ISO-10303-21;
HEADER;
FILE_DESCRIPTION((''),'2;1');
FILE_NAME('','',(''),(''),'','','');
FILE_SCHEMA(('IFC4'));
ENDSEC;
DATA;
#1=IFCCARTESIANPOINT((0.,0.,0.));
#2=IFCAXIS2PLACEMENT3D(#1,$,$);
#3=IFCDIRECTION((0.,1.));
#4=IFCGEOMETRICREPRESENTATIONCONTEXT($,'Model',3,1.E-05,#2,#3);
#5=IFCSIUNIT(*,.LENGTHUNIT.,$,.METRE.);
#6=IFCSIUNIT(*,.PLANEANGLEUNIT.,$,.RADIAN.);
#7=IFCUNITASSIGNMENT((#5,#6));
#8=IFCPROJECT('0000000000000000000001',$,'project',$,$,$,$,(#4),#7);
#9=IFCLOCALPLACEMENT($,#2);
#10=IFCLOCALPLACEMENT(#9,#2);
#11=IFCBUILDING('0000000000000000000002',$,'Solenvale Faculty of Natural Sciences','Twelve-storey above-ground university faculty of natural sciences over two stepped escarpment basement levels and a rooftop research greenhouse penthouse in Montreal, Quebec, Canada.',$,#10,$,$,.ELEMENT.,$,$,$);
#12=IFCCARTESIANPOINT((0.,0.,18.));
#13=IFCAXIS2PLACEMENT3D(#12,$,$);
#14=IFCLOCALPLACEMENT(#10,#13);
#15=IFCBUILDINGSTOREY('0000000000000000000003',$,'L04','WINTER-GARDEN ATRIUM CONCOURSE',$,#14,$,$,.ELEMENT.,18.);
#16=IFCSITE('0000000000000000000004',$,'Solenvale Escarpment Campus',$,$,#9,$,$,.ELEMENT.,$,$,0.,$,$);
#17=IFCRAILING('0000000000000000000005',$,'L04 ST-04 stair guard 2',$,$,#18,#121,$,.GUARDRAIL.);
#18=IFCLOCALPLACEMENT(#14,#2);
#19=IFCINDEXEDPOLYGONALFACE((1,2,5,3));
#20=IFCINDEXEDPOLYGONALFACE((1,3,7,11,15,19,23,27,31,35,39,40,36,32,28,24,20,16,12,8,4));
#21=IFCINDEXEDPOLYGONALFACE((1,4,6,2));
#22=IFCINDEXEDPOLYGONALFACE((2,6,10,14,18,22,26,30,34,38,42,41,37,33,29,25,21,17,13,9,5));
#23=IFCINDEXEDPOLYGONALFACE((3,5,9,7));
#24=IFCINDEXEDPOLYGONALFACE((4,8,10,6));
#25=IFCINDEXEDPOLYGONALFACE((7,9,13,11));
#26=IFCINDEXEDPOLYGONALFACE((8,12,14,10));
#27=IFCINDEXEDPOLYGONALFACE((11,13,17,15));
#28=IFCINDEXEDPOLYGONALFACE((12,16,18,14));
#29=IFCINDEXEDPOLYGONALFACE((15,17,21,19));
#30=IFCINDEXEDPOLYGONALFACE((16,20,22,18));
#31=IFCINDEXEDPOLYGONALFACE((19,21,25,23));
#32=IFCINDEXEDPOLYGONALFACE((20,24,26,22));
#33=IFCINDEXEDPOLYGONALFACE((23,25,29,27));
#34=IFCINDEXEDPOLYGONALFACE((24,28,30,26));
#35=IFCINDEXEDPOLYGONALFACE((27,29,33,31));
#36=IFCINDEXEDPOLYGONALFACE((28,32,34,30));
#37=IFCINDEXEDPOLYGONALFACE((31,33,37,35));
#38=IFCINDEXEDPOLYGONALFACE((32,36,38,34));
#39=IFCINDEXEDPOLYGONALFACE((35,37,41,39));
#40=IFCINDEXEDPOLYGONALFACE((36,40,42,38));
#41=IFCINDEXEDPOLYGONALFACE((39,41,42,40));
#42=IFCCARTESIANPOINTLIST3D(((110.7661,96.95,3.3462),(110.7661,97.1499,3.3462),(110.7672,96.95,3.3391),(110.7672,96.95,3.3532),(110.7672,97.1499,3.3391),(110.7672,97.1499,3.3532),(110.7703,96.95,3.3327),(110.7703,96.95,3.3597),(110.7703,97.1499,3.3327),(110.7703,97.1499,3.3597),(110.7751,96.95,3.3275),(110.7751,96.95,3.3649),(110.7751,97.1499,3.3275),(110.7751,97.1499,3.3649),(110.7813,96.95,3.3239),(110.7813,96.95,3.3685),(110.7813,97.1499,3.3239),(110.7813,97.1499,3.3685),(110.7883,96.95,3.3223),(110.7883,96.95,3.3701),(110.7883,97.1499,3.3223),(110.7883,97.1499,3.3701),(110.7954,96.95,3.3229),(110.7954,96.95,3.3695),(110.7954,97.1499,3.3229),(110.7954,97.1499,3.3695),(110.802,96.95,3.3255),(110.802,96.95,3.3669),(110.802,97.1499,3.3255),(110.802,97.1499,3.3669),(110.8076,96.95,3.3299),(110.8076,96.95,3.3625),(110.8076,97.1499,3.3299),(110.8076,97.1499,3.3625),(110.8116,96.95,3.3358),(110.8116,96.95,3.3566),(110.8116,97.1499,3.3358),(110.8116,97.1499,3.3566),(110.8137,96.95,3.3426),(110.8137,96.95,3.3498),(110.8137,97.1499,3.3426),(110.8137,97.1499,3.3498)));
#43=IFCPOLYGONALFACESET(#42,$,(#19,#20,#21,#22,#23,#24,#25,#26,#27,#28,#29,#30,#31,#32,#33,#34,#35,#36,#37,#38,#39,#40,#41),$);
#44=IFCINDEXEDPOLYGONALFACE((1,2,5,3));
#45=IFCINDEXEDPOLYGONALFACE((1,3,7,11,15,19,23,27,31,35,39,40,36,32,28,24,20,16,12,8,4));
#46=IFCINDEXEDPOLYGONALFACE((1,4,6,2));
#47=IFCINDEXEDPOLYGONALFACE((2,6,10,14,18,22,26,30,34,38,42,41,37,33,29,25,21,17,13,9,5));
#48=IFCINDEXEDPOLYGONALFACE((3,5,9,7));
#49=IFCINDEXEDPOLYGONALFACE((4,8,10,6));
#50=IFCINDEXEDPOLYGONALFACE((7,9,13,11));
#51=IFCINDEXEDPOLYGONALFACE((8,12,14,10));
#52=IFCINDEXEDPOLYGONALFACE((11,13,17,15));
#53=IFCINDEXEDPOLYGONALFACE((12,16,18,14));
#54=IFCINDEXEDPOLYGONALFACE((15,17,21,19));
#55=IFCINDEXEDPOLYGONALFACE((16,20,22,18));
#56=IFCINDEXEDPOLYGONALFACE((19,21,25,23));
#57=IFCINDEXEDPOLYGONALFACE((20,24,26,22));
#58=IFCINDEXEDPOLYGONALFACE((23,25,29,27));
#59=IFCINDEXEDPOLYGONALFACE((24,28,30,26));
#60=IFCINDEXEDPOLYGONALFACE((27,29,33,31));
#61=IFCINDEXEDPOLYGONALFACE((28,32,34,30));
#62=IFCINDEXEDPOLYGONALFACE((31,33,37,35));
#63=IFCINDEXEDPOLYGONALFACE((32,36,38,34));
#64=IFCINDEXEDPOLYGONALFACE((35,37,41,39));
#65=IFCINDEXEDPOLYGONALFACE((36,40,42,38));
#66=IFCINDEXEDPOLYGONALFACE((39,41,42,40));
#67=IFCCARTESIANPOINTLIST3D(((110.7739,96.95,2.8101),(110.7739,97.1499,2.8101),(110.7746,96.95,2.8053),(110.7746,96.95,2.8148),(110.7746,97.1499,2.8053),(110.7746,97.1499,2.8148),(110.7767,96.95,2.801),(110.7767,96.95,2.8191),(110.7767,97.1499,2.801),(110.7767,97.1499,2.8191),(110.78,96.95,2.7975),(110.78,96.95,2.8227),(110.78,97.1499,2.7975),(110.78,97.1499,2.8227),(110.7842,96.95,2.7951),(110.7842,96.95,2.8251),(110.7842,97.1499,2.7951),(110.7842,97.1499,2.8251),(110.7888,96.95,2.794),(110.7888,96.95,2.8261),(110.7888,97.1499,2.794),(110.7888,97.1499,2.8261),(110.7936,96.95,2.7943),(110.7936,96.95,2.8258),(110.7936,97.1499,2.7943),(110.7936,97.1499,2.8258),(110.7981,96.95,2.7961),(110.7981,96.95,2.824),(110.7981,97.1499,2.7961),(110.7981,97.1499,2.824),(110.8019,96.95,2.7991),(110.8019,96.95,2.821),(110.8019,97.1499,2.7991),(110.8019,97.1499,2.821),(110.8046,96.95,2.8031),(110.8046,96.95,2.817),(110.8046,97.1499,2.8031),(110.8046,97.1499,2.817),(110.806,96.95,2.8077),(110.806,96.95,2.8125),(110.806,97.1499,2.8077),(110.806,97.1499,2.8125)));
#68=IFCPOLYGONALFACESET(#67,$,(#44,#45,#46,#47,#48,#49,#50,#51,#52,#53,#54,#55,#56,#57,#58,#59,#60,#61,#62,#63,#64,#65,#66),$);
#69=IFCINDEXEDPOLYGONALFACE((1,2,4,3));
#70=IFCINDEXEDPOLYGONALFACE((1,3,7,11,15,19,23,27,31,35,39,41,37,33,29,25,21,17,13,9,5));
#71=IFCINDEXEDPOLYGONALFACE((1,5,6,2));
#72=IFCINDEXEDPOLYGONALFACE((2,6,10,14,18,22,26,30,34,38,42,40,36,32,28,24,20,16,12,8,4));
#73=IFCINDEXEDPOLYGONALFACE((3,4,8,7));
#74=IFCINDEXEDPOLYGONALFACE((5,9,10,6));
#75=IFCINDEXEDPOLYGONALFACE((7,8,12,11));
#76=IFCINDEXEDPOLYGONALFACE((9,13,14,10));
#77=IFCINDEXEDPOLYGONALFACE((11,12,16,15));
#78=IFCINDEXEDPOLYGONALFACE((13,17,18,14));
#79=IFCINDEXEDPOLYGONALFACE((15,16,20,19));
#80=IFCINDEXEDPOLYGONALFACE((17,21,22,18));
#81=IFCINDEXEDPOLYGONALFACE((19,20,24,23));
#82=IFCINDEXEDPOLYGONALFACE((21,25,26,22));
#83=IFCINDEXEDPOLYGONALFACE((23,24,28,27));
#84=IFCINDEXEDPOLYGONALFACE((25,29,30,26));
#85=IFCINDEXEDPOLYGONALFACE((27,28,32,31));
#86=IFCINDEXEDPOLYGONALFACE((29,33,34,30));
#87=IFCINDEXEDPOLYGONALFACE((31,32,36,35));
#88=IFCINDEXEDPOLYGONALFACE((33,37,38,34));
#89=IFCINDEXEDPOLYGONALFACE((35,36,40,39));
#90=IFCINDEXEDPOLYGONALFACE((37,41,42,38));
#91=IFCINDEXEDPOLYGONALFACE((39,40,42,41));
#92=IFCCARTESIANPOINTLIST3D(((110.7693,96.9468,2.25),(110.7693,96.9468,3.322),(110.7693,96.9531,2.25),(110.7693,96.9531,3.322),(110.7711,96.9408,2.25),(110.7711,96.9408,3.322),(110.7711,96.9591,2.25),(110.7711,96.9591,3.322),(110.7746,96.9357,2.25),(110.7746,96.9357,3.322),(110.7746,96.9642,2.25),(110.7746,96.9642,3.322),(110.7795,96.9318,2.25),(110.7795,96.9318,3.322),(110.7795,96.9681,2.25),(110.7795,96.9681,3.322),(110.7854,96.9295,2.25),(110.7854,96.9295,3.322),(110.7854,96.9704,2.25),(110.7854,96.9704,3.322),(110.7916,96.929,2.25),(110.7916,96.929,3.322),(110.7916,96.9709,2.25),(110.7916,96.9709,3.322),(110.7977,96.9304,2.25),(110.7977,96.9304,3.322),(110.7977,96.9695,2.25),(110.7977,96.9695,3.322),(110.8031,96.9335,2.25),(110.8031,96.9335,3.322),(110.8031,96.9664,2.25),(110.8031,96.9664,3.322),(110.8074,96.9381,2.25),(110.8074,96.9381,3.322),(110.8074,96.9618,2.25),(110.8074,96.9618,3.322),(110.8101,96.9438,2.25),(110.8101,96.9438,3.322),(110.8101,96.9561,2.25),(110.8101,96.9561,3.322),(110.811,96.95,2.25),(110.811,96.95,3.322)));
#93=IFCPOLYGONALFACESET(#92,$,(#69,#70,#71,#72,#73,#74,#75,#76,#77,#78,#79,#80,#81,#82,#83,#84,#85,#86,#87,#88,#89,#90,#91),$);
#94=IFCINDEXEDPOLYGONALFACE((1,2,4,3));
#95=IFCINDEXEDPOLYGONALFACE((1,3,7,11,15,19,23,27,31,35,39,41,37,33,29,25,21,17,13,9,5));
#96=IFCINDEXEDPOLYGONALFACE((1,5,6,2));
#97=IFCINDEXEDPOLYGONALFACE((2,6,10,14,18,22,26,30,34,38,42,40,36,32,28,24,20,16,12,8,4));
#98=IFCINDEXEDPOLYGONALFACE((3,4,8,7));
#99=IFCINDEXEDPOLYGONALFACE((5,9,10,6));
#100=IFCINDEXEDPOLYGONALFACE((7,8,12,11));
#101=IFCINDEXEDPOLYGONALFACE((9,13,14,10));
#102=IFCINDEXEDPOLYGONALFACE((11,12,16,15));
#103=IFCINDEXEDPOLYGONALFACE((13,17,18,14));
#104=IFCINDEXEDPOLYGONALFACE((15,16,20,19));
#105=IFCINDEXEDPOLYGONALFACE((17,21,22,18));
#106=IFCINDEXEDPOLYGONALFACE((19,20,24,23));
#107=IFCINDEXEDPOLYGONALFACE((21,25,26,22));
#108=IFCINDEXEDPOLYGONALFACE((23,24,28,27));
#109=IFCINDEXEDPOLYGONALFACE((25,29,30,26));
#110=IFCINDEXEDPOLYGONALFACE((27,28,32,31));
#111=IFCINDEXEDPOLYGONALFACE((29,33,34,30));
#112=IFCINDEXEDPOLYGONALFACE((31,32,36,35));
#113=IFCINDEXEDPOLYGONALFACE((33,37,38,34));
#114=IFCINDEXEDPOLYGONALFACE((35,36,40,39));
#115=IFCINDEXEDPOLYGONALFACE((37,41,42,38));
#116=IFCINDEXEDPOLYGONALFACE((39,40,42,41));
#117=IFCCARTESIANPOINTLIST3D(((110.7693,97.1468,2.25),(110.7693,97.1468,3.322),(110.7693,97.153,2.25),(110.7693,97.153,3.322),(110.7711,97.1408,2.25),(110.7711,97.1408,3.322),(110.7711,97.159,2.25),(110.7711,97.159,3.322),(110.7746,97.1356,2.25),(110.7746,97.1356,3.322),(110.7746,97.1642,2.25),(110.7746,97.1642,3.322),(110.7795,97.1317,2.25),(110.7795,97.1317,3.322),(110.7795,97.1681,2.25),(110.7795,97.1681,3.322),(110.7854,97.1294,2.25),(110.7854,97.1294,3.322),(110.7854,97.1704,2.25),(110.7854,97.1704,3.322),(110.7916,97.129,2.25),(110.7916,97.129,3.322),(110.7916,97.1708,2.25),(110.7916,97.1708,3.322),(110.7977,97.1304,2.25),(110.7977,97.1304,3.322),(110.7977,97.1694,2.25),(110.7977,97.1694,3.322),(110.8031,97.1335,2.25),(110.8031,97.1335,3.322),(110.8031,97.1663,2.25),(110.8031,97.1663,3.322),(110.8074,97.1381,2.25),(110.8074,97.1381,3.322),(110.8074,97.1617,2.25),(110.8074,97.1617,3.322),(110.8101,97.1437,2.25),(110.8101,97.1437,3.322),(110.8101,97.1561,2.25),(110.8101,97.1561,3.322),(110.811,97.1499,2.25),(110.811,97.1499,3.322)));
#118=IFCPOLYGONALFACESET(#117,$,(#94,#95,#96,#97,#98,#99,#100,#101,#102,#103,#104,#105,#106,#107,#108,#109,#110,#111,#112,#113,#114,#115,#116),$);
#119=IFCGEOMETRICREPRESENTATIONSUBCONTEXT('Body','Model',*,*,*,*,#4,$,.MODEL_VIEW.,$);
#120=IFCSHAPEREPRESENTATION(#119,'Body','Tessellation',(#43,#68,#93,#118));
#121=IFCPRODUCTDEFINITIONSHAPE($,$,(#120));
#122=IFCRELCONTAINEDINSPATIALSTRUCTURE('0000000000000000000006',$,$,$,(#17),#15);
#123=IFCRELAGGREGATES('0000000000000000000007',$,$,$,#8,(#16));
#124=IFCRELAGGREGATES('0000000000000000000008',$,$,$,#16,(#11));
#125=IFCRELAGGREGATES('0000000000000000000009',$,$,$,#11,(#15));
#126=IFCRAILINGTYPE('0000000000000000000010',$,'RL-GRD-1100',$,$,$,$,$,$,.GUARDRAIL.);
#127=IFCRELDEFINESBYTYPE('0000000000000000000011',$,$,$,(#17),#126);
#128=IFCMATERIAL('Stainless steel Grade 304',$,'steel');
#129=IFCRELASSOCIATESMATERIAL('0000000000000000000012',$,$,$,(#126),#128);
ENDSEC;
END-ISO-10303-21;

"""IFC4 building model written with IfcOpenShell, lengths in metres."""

from ifc_helpers import new_model, si_unit, direction, frame, origin, origin_2d, place, context, subcontext, project, spatial, circle, extrude, material, type_object, element, save


model = new_model("IFC4")

# Units and contexts
model_context = context("Model", 3, precision=1e-05, world=origin(), true_north=direction((0.0, 1.0)))
body_context = subcontext(model_context, "Body", "Model", "MODEL_VIEW")
ifc_project = project(units=[si_unit("LENGTHUNIT", "METRE"), si_unit("PLANEANGLEUNIT", "RADIAN")], contexts=[model_context])

# Site, building, storey
site_placement = place(None, origin())
site = spatial("IfcSite", under=ifc_project, at=site_placement, Name="Solenvale Escarpment Campus", CompositionType="ELEMENT", RefElevation=0.0)
building_placement = place(site_placement, origin())
building = spatial("IfcBuilding", under=site, at=building_placement, Name="Solenvale Faculty of Natural Sciences", Description="Twelve-storey above-ground university faculty of natural sciences over two stepped escarpment basement levels and a rooftop research greenhouse penthouse in Montreal, Quebec, Canada.", CompositionType="ELEMENT")
storey_placement = place(building_placement, frame((0.0, 0.0, 18.0)))
storey = spatial("IfcBuildingStorey", under=building, at=storey_placement, Name="L04", Description="WINTER-GARDEN ATRIUM CONCOURSE", CompositionType="ELEMENT", Elevation=18.0)

# Railing
ifc_material_1 = material(Name="Stainless steel Grade 304", Category="steel")
railing_type_1 = type_object("IfcRailingType", Name="RL-GRD-1100", PredefinedType="GUARDRAIL", material=ifc_material_1)
railing_1_placement = place(storey_placement, frame((110.79, 96.95, 2.25)))
element("IfcRailing", 1, at=railing_1_placement, inside=storey, type_object=railing_type_1, Name="L04 ST-04 stair guard 2", PredefinedType="GUARDRAIL", context=body_context, shape_type="SweptSolid", body=[
    extrude(circle(Radius=0.0239, at=origin_2d()), frame((0.0, 0.0, 1.0962), z_axis=(0.0, 1.0, 0.0), x_axis=(-1.0, 0.0, 0.0)), (0.0, 0.0, 1.0), 0.2),
    extrude(circle(Radius=0.0161, at=origin_2d()), frame((0.0, 0.0, 0.5601), z_axis=(0.0, 1.0, 0.0), x_axis=(-1.0, 0.0, 0.0)), (0.0, 0.0, 1.0), 0.2),
    extrude(circle(Radius=0.021, at=origin_2d()), origin(), (0.0, 0.0, 1.0), 1.072),
    extrude(circle(Radius=0.021, at=origin_2d()), frame((0.0, 0.2, 0.0)), (0.0, 0.0, 1.0), 1.072),
])

save(model, "model.ifc")
